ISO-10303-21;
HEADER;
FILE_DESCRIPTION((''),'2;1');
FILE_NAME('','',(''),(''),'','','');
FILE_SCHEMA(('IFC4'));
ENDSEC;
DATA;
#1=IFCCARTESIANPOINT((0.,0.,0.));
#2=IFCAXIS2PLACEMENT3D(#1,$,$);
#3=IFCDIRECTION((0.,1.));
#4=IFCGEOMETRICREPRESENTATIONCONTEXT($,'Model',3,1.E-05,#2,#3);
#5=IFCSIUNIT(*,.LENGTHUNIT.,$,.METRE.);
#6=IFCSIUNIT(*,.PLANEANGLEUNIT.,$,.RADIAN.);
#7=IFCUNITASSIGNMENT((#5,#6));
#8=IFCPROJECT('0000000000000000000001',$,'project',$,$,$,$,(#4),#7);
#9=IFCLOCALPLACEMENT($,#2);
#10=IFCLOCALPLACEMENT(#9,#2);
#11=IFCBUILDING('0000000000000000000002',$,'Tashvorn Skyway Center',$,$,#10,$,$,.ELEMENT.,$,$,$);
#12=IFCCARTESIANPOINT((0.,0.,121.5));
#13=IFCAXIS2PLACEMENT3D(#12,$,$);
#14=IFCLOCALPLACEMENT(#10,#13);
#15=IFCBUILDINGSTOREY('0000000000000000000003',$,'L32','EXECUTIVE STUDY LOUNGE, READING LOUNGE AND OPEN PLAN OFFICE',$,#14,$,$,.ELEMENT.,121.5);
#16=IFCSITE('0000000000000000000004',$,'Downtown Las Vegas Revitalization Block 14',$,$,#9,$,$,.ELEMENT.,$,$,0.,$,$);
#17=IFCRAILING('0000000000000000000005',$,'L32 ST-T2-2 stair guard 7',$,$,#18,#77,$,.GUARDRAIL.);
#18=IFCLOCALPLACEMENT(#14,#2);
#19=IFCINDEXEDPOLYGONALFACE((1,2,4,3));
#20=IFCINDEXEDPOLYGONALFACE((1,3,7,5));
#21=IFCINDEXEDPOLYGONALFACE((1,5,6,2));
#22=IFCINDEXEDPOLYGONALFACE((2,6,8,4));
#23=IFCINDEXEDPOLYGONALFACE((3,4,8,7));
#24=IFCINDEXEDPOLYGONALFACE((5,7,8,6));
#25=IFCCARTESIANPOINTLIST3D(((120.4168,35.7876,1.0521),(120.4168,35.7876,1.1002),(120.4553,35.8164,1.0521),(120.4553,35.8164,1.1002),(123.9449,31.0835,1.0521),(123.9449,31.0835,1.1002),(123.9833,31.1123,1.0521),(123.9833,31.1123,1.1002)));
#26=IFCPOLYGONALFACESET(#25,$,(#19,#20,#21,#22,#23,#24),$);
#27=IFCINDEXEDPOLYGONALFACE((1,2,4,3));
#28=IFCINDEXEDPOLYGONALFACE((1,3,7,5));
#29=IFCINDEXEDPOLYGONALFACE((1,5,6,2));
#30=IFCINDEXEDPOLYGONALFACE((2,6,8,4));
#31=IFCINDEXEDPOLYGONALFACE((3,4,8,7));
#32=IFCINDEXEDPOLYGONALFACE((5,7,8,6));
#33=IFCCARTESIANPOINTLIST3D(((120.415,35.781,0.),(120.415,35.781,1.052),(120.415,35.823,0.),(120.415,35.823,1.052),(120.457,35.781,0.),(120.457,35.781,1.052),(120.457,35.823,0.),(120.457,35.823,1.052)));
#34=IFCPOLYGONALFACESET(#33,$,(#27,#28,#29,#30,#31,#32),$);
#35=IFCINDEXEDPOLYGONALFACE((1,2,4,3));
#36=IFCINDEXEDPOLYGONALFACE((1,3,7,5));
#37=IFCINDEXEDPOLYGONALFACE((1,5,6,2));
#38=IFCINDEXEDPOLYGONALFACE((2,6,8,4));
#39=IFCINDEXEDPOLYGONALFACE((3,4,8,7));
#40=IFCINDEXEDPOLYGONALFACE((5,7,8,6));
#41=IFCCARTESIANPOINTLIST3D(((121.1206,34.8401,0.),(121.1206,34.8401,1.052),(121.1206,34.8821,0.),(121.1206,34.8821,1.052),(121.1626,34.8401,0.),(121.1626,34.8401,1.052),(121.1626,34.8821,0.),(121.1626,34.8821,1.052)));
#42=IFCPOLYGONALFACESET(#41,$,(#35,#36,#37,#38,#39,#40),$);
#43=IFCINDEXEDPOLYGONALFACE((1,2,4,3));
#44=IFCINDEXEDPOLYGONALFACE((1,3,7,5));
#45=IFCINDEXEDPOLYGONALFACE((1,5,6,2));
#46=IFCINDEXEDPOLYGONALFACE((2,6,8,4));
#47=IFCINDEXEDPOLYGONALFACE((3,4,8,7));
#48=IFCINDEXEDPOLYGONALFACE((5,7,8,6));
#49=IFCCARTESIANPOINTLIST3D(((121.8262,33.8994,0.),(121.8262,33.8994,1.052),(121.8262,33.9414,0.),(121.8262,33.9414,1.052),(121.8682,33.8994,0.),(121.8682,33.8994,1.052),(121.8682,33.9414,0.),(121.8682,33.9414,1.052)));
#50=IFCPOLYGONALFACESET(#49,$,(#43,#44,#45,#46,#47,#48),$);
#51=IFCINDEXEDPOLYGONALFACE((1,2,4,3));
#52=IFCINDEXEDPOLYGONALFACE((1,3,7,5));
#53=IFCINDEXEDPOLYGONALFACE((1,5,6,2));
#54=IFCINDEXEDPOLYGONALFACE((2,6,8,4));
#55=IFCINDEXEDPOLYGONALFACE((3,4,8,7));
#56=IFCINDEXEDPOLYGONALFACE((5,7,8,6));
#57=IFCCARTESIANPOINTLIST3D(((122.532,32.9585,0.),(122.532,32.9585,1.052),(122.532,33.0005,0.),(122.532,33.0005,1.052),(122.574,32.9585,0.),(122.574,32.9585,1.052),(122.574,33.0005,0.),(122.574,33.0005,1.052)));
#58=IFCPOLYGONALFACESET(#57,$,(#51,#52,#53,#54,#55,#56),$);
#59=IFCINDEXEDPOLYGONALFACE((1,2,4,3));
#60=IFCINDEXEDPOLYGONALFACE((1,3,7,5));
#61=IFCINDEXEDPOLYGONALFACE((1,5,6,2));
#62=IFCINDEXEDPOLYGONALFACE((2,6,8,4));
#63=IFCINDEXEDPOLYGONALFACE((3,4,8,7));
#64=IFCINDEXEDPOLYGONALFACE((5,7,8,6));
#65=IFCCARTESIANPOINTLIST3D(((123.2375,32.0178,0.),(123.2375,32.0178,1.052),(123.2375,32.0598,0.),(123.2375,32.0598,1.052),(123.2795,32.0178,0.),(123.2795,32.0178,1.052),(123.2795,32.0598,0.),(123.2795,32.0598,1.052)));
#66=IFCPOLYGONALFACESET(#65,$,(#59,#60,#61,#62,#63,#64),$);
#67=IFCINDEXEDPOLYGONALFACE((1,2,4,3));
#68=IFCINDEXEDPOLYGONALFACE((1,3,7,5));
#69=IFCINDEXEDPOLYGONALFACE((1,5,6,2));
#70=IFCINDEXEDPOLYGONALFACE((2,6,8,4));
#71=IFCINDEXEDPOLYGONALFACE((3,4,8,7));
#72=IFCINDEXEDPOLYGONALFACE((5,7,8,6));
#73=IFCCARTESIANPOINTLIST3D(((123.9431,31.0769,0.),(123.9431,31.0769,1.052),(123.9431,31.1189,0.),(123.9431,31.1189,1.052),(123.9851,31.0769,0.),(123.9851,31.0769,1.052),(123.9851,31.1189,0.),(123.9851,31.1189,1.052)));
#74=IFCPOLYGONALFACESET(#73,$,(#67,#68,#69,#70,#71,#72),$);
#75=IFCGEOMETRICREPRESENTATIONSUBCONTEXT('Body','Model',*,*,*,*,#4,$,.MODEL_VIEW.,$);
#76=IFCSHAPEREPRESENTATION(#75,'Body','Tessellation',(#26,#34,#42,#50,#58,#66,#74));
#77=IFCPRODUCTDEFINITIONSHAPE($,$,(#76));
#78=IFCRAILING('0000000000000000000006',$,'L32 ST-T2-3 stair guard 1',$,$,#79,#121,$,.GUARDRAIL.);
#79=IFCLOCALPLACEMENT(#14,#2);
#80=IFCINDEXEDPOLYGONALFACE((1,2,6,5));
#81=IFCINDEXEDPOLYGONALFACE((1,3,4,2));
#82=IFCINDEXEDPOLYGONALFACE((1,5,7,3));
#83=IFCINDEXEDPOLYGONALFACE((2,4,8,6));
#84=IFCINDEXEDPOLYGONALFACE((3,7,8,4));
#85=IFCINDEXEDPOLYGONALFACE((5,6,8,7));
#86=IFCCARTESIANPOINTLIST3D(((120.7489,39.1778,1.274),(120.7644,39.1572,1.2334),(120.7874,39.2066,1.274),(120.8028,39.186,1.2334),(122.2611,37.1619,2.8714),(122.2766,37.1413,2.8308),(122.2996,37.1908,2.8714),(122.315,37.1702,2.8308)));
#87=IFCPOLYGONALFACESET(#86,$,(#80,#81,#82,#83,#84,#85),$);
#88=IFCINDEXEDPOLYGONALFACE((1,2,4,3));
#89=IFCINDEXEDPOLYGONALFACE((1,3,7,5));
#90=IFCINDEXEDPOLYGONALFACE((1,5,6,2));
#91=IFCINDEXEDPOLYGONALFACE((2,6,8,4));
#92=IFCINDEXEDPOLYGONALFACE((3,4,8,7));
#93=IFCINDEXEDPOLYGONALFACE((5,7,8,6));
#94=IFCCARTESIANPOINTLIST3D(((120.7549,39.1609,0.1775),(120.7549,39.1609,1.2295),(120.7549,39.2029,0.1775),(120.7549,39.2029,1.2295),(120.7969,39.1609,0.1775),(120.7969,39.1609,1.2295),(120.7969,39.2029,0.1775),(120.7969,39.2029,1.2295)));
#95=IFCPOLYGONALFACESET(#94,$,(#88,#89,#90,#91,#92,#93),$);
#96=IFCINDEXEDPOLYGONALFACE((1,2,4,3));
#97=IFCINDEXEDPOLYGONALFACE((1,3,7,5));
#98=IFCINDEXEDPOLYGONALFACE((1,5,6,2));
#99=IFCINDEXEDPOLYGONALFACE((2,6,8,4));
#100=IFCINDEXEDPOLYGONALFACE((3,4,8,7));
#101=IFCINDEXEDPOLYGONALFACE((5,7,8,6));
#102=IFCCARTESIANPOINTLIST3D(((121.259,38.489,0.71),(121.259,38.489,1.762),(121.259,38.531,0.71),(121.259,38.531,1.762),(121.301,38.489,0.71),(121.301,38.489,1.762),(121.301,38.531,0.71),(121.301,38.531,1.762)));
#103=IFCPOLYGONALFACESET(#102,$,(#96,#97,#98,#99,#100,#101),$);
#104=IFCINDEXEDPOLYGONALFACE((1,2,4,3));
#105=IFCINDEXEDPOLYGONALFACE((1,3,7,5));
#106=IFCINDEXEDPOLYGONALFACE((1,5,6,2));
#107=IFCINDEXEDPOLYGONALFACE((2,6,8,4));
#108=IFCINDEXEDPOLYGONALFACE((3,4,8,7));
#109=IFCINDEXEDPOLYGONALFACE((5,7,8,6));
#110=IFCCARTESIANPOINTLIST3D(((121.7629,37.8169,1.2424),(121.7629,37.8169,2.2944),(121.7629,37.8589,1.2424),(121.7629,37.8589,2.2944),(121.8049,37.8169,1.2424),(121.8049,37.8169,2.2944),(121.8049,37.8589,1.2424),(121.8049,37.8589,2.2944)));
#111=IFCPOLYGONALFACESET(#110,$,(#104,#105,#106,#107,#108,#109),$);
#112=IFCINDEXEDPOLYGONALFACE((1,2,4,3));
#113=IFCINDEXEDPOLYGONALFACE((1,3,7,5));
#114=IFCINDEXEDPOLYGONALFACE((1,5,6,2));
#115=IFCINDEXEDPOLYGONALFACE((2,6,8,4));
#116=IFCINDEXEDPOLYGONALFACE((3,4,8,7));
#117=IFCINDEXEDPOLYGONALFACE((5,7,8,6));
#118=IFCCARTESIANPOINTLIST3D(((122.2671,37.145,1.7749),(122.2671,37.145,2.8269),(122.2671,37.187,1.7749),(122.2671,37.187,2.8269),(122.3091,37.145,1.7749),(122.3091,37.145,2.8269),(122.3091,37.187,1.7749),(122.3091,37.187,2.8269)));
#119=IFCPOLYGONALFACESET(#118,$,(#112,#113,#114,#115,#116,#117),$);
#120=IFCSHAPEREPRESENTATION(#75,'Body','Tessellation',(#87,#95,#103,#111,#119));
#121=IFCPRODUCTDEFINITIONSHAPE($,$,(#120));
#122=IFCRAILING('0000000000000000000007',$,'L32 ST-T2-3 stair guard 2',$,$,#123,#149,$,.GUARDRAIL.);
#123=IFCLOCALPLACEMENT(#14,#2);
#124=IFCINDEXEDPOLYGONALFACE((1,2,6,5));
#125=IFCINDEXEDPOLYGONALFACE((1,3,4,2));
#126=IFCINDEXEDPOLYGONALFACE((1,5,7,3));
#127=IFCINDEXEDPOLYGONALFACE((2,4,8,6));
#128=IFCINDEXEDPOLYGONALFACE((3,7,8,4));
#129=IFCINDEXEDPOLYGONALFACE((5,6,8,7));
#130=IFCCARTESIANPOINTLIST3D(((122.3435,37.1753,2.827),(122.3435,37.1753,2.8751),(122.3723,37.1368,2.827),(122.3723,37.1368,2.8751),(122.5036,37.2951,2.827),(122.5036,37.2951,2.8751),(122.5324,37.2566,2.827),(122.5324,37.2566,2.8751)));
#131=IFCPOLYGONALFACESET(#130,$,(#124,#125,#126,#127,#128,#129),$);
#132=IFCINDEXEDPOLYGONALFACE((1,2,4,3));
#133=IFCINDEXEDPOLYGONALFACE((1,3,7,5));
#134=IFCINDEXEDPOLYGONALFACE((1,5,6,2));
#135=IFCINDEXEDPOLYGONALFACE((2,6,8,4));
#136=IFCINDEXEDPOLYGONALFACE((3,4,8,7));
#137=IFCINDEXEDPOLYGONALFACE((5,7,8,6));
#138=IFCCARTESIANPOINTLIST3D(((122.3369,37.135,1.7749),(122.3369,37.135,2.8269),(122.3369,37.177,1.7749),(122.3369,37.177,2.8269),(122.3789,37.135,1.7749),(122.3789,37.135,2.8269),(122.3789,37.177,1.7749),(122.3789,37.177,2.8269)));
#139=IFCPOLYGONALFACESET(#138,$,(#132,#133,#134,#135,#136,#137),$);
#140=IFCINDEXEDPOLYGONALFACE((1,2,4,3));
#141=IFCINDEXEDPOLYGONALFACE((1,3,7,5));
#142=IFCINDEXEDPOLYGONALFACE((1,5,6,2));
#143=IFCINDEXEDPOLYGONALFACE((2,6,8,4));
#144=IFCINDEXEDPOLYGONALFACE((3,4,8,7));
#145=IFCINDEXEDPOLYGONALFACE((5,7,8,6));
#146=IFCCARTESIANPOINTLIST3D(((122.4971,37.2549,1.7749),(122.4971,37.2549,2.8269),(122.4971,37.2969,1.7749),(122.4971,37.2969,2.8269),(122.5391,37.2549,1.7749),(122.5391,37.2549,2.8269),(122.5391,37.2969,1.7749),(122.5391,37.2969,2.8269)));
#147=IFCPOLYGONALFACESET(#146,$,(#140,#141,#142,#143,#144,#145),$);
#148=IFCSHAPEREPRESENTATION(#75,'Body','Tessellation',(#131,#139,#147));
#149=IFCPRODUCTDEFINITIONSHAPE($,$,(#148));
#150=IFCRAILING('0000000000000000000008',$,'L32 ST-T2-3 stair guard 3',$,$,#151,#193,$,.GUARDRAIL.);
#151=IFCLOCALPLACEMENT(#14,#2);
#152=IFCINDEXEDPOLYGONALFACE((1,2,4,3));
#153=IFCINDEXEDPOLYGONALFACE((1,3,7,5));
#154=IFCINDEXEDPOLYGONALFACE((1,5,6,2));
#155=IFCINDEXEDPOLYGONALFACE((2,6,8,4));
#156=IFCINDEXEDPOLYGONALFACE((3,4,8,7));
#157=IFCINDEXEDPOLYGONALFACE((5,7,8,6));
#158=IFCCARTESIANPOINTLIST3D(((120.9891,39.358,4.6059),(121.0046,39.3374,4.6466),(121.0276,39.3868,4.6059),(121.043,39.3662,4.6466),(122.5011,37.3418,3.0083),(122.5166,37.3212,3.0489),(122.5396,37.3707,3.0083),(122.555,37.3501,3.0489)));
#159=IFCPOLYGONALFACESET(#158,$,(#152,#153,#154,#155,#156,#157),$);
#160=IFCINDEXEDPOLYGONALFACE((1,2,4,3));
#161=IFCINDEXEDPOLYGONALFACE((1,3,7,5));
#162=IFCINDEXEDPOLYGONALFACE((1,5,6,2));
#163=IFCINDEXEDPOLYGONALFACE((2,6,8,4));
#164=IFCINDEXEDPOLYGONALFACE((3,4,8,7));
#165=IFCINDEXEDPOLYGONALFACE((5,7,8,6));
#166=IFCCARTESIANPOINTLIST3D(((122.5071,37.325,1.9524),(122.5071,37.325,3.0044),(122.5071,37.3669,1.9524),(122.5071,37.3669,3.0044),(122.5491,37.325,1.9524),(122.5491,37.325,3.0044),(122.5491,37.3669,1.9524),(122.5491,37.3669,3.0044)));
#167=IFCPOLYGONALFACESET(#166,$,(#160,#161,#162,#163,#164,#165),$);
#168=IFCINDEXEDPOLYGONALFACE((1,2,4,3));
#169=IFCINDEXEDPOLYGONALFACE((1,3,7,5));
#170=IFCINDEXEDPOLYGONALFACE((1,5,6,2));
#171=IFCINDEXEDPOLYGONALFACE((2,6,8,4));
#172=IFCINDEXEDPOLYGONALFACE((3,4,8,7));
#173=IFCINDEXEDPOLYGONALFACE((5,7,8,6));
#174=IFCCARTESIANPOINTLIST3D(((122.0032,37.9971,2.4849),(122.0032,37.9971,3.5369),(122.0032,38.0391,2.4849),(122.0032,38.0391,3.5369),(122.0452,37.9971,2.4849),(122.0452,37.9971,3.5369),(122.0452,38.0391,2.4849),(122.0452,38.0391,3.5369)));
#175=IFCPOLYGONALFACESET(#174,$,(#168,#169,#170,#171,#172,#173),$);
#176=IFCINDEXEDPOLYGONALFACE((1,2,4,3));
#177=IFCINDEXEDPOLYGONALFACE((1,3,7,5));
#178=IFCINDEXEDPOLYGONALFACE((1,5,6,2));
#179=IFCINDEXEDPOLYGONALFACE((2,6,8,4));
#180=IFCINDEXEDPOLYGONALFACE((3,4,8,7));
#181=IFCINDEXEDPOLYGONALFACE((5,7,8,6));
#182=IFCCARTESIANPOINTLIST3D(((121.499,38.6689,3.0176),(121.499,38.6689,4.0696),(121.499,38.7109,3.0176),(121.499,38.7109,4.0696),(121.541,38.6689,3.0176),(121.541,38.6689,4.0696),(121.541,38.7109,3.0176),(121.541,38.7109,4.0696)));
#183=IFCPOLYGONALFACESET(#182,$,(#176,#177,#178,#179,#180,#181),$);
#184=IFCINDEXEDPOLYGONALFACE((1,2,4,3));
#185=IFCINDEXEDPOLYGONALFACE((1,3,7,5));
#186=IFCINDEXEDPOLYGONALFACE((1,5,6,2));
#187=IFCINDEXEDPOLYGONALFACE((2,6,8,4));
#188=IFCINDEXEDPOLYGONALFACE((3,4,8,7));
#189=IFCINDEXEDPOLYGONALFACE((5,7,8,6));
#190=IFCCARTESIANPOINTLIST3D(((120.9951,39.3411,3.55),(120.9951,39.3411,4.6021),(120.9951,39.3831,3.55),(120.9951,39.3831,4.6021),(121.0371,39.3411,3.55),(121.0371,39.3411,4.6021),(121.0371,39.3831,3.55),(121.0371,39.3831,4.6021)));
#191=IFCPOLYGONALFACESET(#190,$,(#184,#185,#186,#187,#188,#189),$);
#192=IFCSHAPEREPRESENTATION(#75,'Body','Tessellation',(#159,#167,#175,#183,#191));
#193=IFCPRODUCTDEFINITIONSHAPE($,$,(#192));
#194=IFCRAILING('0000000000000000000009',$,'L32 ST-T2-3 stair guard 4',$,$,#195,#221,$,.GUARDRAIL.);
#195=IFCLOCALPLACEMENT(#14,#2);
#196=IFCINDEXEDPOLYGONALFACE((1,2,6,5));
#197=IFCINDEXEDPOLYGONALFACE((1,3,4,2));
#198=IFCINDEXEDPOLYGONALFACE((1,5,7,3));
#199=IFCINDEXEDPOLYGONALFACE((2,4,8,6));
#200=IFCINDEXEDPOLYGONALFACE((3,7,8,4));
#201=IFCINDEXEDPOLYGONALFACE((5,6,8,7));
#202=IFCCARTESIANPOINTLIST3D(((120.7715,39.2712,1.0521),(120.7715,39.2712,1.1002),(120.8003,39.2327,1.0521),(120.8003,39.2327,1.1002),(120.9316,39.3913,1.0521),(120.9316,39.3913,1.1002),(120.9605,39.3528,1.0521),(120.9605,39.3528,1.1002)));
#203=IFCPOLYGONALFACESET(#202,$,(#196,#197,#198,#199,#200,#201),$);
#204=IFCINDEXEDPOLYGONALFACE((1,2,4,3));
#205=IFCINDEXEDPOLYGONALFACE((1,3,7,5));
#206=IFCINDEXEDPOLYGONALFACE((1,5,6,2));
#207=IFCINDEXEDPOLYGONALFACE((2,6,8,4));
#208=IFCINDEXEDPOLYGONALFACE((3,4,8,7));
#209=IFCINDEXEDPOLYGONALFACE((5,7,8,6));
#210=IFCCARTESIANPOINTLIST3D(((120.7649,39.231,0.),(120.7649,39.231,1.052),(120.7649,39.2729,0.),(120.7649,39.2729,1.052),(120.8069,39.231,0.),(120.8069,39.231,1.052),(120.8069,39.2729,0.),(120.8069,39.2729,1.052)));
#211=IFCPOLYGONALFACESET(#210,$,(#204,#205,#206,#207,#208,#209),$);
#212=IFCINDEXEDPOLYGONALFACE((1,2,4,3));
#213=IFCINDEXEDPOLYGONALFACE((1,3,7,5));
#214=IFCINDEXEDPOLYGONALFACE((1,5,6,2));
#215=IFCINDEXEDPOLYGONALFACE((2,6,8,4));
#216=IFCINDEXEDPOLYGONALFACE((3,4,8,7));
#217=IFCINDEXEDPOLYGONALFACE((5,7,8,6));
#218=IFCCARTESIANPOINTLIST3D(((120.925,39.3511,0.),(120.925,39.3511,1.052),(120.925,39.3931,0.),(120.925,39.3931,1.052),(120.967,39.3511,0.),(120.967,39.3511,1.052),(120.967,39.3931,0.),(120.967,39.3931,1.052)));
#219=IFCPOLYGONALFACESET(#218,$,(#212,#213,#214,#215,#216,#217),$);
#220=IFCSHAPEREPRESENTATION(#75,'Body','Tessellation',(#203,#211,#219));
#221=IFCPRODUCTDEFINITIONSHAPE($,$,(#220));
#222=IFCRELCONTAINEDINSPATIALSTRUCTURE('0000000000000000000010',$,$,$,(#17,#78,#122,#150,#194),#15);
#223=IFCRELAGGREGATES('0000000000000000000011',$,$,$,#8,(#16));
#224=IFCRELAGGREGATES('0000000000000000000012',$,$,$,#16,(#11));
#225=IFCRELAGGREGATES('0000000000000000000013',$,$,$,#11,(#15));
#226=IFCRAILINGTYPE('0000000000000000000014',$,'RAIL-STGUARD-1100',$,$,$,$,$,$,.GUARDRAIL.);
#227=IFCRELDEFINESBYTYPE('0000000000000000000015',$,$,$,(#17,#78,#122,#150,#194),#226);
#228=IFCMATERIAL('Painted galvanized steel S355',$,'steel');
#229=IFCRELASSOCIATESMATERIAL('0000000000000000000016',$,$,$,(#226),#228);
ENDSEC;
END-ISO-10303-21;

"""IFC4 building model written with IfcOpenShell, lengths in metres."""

from ifc_helpers import new_model, si_unit, direction, frame, origin, origin_2d, place, context, subcontext, project, spatial, rectangle, extrude, material, type_object, element, save


model = new_model("IFC4")

# Units and contexts
model_context = context("Model", 3, precision=1e-05, world=origin(), true_north=direction((0.0, 1.0)))
body_context = subcontext(model_context, "Body", "Model", "MODEL_VIEW")
ifc_project = project(units=[si_unit("LENGTHUNIT", "METRE"), si_unit("PLANEANGLEUNIT", "RADIAN")], contexts=[model_context])

# Site, building, storey
site_placement = place(None, origin())
site = spatial("IfcSite", under=ifc_project, at=site_placement, Name="Downtown Las Vegas Revitalization Block 14", CompositionType="ELEMENT", RefElevation=0.0)
building_placement = place(site_placement, origin())
building = spatial("IfcBuilding", under=site, at=building_placement, Name="Tashvorn Skyway Center", CompositionType="ELEMENT")
storey_placement = place(building_placement, frame((0.0, 0.0, 121.5)))
storey = spatial("IfcBuildingStorey", under=building, at=storey_placement, Name="L32", Description="EXECUTIVE STUDY LOUNGE, READING LOUNGE AND OPEN PLAN OFFICE", CompositionType="ELEMENT", Elevation=121.5)

# Railings
ifc_material_1 = material(Name="Painted galvanized steel S355", Category="steel")
railing_type_1 = type_object("IfcRailingType", Name="RAIL-STGUARD-1100", PredefinedType="GUARDRAIL", material=ifc_material_1)
railing_1_placement = place(storey_placement, frame((120.436, 35.802, 0.0)))
element("IfcRailing", 1, at=railing_1_placement, inside=storey, type_object=railing_type_1, Name="L32 ST-T2-2 stair guard 7", PredefinedType="GUARDRAIL", context=body_context, shape_type="SweptSolid", body=[
    extrude(rectangle(XDim=0.0481, YDim=0.0481, at=origin_2d()), frame((0.0, 0.0, 1.0762), z_axis=(0.6, -0.8, 0.0), x_axis=(0.8, 0.6, 0.0)), (0.0, 0.0, 1.0), 5.8801),
    extrude(rectangle(XDim=0.042, YDim=0.042, at=origin_2d()), origin(), (0.0, 0.0, 1.0), 1.052),
    extrude(rectangle(XDim=0.042, YDim=0.042, at=origin_2d()), frame((0.7056, -0.9409, 0.0)), (0.0, 0.0, 1.0), 1.052),
    extrude(rectangle(XDim=0.042, YDim=0.042, at=origin_2d()), frame((1.4111, -1.8816, 0.0)), (0.0, 0.0, 1.0), 1.052),
    extrude(rectangle(XDim=0.042, YDim=0.042, at=origin_2d()), frame((2.1169, -2.8225, 0.0)), (0.0, 0.0, 1.0), 1.052),
    extrude(rectangle(XDim=0.042, YDim=0.042, at=origin_2d()), frame((2.8225, -3.7632, 0.0)), (0.0, 0.0, 1.0), 1.052),
    extrude(rectangle(XDim=0.042, YDim=0.042, at=origin_2d()), frame((3.5281, -4.7041, 0.0)), (0.0, 0.0, 1.0), 1.052),
])
railing_2_placement = place(storey_placement, frame((120.7759, 39.1819, 0.1775)))
element("IfcRailing", 2, at=railing_2_placement, inside=storey, type_object=railing_type_1, Name="L32 ST-T2-3 stair guard 1", PredefinedType="GUARDRAIL", context=body_context, shape_type="SweptSolid", body=[
    extrude(rectangle(XDim=0.0481, YDim=0.0481, at=origin_2d()), frame((0.0, 0.0, 1.0762), z_axis=(0.50683, -0.675636, 0.535387), x_axis=(0.799942, 0.600078, 0.0)), (0.0, 0.0, 1.0), 2.9836),
    extrude(rectangle(XDim=0.042, YDim=0.042, at=origin_2d()), origin(), (0.0, 0.0, 1.0), 1.052),
    extrude(rectangle(XDim=0.042, YDim=0.042, at=origin_2d()), frame((0.5042, -0.6719, 0.5325)), (0.0, 0.0, 1.0), 1.052),
    extrude(rectangle(XDim=0.042, YDim=0.042, at=origin_2d()), frame((1.0081, -1.344, 1.0649)), (0.0, 0.0, 1.0), 1.052),
    extrude(rectangle(XDim=0.042, YDim=0.042, at=origin_2d()), frame((1.5122, -2.0159, 1.5974)), (0.0, 0.0, 1.0), 1.052),
])
railing_3_placement = place(storey_placement, frame((122.3579, 37.156, 1.7749)))
element("IfcRailing", 3, at=railing_3_placement, inside=storey, type_object=railing_type_1, Name="L32 ST-T2-3 stair guard 2", PredefinedType="GUARDRAIL", context=body_context, shape_type="SweptSolid", body=[
    extrude(rectangle(XDim=0.0481, YDim=0.0481, at=origin_2d()), frame((0.0, 0.0, 1.0762), z_axis=(0.800585, 0.599219, 0.0), x_axis=(-0.599219, 0.800585, 0.0)), (0.0, 0.0, 1.0), 0.2),
    extrude(rectangle(XDim=0.042, YDim=0.042, at=origin_2d()), origin(), (0.0, 0.0, 1.0), 1.052),
    extrude(rectangle(XDim=0.042, YDim=0.042, at=origin_2d()), frame((0.1602, 0.1199, 0.0)), (0.0, 0.0, 1.0), 1.052),
])
railing_4_placement = place(storey_placement, frame((122.5281, 37.3459, 1.9524)))
element("IfcRailing", 4, at=railing_4_placement, inside=storey, type_object=railing_type_1, Name="L32 ST-T2-3 stair guard 3", PredefinedType="GUARDRAIL", context=body_context, shape_type="SweptSolid", body=[
    extrude(rectangle(XDim=0.0481, YDim=0.0481, at=origin_2d()), frame((0.0, 0.0, 1.0762), z_axis=(-0.506719, 0.675679, 0.535438), x_axis=(-0.800023, -0.599969, 0.0)), (0.0, 0.0, 1.0), 2.9839),
    extrude(rectangle(XDim=0.042, YDim=0.042, at=origin_2d()), origin(), (0.0, 0.0, 1.0), 1.052),
    extrude(rectangle(XDim=0.042, YDim=0.042, at=origin_2d()), frame((-0.5039, 0.6721, 0.5325)), (0.0, 0.0, 1.0), 1.052),
    extrude(rectangle(XDim=0.042, YDim=0.042, at=origin_2d()), frame((-1.0081, 1.344, 1.0652)), (0.0, 0.0, 1.0), 1.052),
    extrude(rectangle(XDim=0.042, YDim=0.042, at=origin_2d()), frame((-1.512, 2.0161, 1.5977)), (0.0, 0.0, 1.0), 1.052),
])
railing_5_placement = place(storey_placement, frame((120.7859, 39.252, 0.0)))
element("IfcRailing", 5, at=railing_5_placement, inside=storey, type_object=railing_type_1, Name="L32 ST-T2-3 stair guard 4", PredefinedType="GUARDRAIL", context=body_context, shape_type="SweptSolid", body=[
    extrude(rectangle(XDim=0.0481, YDim=0.0481, at=origin_2d()), frame((0.0, 0.0, 1.0762), z_axis=(0.8, 0.6, 0.0), x_axis=(-0.6, 0.8, 0.0)), (0.0, 0.0, 1.0), 0.2002),
    extrude(rectangle(XDim=0.042, YDim=0.042, at=origin_2d()), origin(), (0.0, 0.0, 1.0), 1.052),
    extrude(rectangle(XDim=0.042, YDim=0.042, at=origin_2d()), frame((0.1602, 0.1201, 0.0)), (0.0, 0.0, 1.0), 1.052),
])

save(model, "model.ifc")
